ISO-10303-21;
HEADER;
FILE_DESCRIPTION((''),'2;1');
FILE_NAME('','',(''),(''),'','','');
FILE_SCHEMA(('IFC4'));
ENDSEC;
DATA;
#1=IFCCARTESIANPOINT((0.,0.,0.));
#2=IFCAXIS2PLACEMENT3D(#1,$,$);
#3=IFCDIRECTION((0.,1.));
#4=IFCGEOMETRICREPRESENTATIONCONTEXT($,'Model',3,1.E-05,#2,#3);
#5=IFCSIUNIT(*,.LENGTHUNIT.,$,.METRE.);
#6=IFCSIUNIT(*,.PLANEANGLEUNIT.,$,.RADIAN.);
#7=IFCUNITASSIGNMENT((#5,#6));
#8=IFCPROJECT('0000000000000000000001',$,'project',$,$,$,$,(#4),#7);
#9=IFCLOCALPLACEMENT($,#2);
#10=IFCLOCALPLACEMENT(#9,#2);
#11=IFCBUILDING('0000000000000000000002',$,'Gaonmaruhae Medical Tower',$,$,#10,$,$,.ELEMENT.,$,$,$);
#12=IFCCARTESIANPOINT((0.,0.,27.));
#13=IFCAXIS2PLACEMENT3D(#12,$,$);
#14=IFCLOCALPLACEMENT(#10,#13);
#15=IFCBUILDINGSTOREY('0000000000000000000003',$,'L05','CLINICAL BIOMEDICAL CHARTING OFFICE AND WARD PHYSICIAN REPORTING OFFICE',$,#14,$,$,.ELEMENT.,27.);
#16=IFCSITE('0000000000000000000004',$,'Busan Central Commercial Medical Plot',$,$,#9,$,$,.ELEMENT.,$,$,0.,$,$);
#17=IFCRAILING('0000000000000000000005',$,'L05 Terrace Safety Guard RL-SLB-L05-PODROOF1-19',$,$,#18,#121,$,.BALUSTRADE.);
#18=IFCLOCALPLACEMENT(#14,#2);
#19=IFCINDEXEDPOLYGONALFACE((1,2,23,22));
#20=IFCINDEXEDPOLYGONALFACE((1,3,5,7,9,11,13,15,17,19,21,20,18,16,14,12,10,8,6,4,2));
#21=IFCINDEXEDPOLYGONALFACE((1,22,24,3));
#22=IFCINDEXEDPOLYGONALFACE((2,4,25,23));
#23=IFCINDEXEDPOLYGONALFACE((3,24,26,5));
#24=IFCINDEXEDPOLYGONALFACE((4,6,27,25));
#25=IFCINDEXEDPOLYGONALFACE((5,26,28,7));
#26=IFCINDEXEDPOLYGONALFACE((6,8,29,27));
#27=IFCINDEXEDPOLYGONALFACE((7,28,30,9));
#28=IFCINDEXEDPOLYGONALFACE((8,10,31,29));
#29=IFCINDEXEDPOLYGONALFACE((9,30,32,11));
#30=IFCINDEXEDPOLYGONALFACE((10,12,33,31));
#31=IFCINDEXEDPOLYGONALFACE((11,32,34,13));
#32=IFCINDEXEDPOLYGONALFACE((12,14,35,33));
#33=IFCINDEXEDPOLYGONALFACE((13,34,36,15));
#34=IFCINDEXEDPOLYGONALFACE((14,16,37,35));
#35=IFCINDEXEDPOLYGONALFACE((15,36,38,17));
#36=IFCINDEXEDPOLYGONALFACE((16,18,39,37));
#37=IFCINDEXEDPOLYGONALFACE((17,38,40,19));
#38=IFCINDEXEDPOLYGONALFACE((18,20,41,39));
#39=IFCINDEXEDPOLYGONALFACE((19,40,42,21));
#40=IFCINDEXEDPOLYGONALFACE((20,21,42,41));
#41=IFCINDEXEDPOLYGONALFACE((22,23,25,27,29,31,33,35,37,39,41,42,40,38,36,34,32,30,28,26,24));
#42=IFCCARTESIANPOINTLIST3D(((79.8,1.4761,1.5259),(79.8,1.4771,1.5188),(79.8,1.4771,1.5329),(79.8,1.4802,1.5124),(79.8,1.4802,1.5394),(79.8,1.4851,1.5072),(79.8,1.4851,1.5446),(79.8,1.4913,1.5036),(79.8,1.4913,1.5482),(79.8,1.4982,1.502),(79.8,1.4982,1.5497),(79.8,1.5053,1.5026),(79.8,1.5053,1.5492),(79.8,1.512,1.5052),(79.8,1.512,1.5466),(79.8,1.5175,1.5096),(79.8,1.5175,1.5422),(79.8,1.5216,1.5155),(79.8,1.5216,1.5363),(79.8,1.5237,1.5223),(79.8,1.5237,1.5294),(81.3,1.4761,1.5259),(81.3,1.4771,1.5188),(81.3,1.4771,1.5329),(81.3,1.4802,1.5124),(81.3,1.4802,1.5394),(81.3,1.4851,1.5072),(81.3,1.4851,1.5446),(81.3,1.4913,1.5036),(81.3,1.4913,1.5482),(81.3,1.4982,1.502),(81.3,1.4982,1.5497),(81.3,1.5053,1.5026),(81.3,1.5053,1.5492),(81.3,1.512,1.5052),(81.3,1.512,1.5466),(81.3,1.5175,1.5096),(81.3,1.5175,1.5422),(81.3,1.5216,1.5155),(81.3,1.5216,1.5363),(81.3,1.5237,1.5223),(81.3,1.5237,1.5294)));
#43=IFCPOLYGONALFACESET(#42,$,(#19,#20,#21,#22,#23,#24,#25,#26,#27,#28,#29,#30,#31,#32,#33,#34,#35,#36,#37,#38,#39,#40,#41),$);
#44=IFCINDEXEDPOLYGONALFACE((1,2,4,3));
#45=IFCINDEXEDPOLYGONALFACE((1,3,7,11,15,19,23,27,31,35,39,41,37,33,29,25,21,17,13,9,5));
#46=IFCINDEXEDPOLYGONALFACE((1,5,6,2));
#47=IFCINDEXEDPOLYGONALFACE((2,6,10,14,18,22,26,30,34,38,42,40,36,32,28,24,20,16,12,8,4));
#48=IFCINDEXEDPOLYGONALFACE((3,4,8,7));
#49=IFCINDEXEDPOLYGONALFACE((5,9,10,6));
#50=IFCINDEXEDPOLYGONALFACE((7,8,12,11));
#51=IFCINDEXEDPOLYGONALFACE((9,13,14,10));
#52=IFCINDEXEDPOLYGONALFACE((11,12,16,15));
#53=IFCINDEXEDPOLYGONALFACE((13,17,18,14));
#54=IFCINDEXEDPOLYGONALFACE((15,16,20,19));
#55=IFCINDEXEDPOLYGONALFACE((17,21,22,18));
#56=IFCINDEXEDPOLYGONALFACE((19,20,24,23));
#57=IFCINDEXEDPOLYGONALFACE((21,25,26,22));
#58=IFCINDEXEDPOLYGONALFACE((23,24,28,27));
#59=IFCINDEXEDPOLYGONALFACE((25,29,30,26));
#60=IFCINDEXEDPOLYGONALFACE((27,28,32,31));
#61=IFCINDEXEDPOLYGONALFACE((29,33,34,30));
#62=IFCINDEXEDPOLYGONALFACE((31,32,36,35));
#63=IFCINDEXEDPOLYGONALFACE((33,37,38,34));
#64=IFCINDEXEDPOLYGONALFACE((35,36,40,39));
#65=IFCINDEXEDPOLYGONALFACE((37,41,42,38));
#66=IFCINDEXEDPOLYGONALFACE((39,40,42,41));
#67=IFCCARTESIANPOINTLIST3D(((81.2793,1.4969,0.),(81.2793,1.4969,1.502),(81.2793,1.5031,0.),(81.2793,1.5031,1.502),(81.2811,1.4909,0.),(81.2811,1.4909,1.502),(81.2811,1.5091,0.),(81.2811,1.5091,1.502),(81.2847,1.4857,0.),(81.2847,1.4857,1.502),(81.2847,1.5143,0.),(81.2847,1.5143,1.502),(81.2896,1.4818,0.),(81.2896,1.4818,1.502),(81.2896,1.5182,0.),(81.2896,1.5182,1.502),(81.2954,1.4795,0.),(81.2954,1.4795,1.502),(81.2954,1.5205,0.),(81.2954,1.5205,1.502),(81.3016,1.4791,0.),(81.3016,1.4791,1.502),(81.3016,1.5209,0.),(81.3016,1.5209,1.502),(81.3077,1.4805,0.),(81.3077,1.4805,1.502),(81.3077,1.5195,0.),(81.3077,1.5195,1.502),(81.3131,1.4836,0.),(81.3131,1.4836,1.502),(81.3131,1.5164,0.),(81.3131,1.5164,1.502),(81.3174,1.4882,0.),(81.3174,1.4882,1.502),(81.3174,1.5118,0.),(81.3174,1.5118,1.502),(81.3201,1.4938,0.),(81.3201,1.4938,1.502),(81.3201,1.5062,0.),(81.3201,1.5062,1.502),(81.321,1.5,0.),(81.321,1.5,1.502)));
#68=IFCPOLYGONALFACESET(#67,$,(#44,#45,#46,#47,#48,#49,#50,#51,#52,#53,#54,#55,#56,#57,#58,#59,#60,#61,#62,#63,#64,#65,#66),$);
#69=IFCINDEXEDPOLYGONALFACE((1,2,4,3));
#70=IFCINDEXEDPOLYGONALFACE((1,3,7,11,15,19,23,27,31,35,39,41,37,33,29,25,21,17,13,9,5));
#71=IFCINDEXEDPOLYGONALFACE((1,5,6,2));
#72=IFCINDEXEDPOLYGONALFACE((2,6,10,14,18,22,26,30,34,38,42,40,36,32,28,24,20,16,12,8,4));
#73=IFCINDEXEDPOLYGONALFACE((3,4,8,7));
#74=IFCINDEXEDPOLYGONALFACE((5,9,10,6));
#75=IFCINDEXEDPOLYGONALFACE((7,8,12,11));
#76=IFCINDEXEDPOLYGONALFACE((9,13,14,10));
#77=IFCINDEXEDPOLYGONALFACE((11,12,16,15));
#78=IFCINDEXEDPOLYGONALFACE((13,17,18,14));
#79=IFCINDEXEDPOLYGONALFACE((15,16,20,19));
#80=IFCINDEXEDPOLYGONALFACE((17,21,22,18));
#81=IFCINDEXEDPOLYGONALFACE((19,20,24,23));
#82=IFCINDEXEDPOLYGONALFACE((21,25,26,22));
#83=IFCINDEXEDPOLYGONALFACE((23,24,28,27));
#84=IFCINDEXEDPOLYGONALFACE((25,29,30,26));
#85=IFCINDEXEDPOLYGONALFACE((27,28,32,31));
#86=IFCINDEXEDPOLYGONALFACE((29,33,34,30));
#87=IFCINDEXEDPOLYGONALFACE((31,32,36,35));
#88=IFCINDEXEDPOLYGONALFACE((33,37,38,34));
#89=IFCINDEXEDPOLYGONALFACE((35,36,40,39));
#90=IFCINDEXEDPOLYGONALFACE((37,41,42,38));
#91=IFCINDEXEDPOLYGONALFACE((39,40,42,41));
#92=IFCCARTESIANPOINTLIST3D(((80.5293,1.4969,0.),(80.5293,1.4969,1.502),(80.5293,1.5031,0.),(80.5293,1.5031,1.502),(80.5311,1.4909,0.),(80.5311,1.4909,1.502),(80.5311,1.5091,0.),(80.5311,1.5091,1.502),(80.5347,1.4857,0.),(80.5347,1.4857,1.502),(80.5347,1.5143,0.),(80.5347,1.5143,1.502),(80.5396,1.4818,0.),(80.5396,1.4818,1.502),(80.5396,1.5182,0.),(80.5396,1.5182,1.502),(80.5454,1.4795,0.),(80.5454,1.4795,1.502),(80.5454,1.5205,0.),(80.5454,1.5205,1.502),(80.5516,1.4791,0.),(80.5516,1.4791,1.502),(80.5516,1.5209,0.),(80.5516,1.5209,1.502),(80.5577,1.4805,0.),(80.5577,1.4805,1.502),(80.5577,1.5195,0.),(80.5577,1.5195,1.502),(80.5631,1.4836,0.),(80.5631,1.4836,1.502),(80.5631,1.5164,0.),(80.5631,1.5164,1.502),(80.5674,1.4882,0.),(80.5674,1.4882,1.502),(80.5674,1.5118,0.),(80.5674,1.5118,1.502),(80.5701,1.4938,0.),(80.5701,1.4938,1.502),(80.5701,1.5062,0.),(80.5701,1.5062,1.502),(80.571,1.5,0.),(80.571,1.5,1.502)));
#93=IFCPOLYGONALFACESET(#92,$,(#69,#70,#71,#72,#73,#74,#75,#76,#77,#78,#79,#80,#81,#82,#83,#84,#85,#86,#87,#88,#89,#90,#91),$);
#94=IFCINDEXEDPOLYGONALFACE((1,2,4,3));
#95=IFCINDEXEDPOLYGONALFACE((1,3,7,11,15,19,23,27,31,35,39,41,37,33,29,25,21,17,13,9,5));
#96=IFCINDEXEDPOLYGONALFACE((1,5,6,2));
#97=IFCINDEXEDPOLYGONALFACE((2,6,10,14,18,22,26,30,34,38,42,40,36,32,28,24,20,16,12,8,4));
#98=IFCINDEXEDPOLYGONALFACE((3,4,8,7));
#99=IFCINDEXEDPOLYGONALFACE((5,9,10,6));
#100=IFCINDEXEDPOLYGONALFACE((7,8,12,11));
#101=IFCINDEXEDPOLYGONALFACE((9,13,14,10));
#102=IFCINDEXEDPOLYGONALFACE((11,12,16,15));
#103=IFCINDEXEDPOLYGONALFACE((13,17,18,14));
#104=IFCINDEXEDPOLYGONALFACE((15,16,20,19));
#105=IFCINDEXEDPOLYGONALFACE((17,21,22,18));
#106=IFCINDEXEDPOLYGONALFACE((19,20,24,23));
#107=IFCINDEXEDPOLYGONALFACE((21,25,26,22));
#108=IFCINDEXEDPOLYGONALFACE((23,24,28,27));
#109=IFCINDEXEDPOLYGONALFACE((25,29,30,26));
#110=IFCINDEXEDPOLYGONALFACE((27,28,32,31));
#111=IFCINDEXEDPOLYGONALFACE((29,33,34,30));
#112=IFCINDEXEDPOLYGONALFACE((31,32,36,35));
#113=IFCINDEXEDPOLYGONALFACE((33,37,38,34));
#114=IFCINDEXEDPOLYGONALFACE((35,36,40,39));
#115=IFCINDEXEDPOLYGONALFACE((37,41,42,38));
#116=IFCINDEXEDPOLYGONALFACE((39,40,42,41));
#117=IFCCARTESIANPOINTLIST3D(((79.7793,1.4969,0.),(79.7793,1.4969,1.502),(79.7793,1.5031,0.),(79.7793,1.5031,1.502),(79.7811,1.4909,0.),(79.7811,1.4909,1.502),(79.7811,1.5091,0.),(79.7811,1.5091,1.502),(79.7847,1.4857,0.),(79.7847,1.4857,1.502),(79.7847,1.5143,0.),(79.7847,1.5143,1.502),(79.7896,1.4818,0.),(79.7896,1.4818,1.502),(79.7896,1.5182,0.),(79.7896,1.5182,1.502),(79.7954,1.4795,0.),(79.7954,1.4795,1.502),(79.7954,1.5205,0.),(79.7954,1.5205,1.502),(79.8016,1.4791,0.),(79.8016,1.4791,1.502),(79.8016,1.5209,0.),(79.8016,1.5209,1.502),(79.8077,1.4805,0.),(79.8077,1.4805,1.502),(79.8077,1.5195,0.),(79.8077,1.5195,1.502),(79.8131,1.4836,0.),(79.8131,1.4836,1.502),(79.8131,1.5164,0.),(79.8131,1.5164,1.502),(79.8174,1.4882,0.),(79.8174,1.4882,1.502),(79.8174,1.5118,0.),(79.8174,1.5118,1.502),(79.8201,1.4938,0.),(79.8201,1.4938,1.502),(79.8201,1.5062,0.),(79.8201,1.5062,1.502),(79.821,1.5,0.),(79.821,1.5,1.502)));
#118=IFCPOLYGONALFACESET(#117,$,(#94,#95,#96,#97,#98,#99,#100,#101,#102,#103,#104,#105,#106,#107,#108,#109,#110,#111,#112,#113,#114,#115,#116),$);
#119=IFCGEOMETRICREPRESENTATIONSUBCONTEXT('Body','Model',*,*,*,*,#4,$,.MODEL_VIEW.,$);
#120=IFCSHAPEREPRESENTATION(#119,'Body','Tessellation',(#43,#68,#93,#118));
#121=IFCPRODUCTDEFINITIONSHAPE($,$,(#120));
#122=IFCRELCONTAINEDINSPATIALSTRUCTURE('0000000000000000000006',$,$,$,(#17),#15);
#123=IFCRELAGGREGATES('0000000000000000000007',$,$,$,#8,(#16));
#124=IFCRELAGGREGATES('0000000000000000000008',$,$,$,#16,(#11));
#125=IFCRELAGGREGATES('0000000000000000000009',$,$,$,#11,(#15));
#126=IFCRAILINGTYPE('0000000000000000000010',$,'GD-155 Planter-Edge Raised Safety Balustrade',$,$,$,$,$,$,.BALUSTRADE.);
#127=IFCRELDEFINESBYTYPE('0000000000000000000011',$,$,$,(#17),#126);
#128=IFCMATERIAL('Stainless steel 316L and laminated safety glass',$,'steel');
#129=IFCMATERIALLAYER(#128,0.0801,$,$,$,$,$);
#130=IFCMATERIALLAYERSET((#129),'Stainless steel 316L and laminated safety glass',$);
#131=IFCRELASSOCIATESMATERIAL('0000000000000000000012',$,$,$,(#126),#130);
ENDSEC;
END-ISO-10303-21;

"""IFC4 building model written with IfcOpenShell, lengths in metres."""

from ifc_helpers import new_model, si_unit, direction, frame, origin, origin_2d, place, context, subcontext, project, spatial, circle, extrude, material, layer, layer_set, type_object, element, save


model = new_model("IFC4")

# Units and contexts
model_context = context("Model", 3, precision=1e-05, world=origin(), true_north=direction((0.0, 1.0)))
body_context = subcontext(model_context, "Body", "Model", "MODEL_VIEW")
ifc_project = project(units=[si_unit("LENGTHUNIT", "METRE"), si_unit("PLANEANGLEUNIT", "RADIAN")], contexts=[model_context])

# Site, building, storey
site_placement = place(None, origin())
site = spatial("IfcSite", under=ifc_project, at=site_placement, Name="Busan Central Commercial Medical Plot", CompositionType="ELEMENT", RefElevation=0.0)
building_placement = place(site_placement, origin())
building = spatial("IfcBuilding", under=site, at=building_placement, Name="Gaonmaruhae Medical Tower", CompositionType="ELEMENT")
storey_placement = place(building_placement, frame((0.0, 0.0, 27.0)))
storey = spatial("IfcBuildingStorey", under=building, at=storey_placement, Name="L05", Description="CLINICAL BIOMEDICAL CHARTING OFFICE AND WARD PHYSICIAN REPORTING OFFICE", CompositionType="ELEMENT", Elevation=27.0)

# Railing
ifc_material_1 = material(Name="Stainless steel 316L and laminated safety glass", Category="steel")
ifc_layer_1 = layer(ifc_material_1, 0.0801)
ifc_layer_set_1 = layer_set([ifc_layer_1], Name="Stainless steel 316L and laminated safety glass")
railing_type = type_object("IfcRailingType", Name="GD-155 Planter-Edge Raised Safety Balustrade", PredefinedType="BALUSTRADE", material=ifc_layer_set_1)
railing_1_placement = place(storey_placement, frame((81.3, 1.5, 0.0)))
element("IfcRailing", 1, at=railing_1_placement, inside=storey, type_object=railing_type, Name="L05 Terrace Safety Guard RL-SLB-L05-PODROOF1-19", PredefinedType="BALUSTRADE", context=body_context, shape_type="SweptSolid", body=[
    extrude(circle(Radius=0.0239, at=origin_2d()), frame((0.0, 0.0, 1.5259), z_axis=(-1.0, 0.0, 0.0), x_axis=(0.0, -1.0, 0.0)), (0.0, 0.0, 1.0), 1.5),
    extrude(circle(Radius=0.021, at=origin_2d()), origin(), (0.0, 0.0, 1.0), 1.502),
    extrude(circle(Radius=0.021, at=origin_2d()), frame((-0.75, 0.0, 0.0)), (0.0, 0.0, 1.0), 1.502),
    extrude(circle(Radius=0.021, at=origin_2d()), frame((-1.5, 0.0, 0.0)), (0.0, 0.0, 1.0), 1.502),
])

save(model, "model.ifc")
